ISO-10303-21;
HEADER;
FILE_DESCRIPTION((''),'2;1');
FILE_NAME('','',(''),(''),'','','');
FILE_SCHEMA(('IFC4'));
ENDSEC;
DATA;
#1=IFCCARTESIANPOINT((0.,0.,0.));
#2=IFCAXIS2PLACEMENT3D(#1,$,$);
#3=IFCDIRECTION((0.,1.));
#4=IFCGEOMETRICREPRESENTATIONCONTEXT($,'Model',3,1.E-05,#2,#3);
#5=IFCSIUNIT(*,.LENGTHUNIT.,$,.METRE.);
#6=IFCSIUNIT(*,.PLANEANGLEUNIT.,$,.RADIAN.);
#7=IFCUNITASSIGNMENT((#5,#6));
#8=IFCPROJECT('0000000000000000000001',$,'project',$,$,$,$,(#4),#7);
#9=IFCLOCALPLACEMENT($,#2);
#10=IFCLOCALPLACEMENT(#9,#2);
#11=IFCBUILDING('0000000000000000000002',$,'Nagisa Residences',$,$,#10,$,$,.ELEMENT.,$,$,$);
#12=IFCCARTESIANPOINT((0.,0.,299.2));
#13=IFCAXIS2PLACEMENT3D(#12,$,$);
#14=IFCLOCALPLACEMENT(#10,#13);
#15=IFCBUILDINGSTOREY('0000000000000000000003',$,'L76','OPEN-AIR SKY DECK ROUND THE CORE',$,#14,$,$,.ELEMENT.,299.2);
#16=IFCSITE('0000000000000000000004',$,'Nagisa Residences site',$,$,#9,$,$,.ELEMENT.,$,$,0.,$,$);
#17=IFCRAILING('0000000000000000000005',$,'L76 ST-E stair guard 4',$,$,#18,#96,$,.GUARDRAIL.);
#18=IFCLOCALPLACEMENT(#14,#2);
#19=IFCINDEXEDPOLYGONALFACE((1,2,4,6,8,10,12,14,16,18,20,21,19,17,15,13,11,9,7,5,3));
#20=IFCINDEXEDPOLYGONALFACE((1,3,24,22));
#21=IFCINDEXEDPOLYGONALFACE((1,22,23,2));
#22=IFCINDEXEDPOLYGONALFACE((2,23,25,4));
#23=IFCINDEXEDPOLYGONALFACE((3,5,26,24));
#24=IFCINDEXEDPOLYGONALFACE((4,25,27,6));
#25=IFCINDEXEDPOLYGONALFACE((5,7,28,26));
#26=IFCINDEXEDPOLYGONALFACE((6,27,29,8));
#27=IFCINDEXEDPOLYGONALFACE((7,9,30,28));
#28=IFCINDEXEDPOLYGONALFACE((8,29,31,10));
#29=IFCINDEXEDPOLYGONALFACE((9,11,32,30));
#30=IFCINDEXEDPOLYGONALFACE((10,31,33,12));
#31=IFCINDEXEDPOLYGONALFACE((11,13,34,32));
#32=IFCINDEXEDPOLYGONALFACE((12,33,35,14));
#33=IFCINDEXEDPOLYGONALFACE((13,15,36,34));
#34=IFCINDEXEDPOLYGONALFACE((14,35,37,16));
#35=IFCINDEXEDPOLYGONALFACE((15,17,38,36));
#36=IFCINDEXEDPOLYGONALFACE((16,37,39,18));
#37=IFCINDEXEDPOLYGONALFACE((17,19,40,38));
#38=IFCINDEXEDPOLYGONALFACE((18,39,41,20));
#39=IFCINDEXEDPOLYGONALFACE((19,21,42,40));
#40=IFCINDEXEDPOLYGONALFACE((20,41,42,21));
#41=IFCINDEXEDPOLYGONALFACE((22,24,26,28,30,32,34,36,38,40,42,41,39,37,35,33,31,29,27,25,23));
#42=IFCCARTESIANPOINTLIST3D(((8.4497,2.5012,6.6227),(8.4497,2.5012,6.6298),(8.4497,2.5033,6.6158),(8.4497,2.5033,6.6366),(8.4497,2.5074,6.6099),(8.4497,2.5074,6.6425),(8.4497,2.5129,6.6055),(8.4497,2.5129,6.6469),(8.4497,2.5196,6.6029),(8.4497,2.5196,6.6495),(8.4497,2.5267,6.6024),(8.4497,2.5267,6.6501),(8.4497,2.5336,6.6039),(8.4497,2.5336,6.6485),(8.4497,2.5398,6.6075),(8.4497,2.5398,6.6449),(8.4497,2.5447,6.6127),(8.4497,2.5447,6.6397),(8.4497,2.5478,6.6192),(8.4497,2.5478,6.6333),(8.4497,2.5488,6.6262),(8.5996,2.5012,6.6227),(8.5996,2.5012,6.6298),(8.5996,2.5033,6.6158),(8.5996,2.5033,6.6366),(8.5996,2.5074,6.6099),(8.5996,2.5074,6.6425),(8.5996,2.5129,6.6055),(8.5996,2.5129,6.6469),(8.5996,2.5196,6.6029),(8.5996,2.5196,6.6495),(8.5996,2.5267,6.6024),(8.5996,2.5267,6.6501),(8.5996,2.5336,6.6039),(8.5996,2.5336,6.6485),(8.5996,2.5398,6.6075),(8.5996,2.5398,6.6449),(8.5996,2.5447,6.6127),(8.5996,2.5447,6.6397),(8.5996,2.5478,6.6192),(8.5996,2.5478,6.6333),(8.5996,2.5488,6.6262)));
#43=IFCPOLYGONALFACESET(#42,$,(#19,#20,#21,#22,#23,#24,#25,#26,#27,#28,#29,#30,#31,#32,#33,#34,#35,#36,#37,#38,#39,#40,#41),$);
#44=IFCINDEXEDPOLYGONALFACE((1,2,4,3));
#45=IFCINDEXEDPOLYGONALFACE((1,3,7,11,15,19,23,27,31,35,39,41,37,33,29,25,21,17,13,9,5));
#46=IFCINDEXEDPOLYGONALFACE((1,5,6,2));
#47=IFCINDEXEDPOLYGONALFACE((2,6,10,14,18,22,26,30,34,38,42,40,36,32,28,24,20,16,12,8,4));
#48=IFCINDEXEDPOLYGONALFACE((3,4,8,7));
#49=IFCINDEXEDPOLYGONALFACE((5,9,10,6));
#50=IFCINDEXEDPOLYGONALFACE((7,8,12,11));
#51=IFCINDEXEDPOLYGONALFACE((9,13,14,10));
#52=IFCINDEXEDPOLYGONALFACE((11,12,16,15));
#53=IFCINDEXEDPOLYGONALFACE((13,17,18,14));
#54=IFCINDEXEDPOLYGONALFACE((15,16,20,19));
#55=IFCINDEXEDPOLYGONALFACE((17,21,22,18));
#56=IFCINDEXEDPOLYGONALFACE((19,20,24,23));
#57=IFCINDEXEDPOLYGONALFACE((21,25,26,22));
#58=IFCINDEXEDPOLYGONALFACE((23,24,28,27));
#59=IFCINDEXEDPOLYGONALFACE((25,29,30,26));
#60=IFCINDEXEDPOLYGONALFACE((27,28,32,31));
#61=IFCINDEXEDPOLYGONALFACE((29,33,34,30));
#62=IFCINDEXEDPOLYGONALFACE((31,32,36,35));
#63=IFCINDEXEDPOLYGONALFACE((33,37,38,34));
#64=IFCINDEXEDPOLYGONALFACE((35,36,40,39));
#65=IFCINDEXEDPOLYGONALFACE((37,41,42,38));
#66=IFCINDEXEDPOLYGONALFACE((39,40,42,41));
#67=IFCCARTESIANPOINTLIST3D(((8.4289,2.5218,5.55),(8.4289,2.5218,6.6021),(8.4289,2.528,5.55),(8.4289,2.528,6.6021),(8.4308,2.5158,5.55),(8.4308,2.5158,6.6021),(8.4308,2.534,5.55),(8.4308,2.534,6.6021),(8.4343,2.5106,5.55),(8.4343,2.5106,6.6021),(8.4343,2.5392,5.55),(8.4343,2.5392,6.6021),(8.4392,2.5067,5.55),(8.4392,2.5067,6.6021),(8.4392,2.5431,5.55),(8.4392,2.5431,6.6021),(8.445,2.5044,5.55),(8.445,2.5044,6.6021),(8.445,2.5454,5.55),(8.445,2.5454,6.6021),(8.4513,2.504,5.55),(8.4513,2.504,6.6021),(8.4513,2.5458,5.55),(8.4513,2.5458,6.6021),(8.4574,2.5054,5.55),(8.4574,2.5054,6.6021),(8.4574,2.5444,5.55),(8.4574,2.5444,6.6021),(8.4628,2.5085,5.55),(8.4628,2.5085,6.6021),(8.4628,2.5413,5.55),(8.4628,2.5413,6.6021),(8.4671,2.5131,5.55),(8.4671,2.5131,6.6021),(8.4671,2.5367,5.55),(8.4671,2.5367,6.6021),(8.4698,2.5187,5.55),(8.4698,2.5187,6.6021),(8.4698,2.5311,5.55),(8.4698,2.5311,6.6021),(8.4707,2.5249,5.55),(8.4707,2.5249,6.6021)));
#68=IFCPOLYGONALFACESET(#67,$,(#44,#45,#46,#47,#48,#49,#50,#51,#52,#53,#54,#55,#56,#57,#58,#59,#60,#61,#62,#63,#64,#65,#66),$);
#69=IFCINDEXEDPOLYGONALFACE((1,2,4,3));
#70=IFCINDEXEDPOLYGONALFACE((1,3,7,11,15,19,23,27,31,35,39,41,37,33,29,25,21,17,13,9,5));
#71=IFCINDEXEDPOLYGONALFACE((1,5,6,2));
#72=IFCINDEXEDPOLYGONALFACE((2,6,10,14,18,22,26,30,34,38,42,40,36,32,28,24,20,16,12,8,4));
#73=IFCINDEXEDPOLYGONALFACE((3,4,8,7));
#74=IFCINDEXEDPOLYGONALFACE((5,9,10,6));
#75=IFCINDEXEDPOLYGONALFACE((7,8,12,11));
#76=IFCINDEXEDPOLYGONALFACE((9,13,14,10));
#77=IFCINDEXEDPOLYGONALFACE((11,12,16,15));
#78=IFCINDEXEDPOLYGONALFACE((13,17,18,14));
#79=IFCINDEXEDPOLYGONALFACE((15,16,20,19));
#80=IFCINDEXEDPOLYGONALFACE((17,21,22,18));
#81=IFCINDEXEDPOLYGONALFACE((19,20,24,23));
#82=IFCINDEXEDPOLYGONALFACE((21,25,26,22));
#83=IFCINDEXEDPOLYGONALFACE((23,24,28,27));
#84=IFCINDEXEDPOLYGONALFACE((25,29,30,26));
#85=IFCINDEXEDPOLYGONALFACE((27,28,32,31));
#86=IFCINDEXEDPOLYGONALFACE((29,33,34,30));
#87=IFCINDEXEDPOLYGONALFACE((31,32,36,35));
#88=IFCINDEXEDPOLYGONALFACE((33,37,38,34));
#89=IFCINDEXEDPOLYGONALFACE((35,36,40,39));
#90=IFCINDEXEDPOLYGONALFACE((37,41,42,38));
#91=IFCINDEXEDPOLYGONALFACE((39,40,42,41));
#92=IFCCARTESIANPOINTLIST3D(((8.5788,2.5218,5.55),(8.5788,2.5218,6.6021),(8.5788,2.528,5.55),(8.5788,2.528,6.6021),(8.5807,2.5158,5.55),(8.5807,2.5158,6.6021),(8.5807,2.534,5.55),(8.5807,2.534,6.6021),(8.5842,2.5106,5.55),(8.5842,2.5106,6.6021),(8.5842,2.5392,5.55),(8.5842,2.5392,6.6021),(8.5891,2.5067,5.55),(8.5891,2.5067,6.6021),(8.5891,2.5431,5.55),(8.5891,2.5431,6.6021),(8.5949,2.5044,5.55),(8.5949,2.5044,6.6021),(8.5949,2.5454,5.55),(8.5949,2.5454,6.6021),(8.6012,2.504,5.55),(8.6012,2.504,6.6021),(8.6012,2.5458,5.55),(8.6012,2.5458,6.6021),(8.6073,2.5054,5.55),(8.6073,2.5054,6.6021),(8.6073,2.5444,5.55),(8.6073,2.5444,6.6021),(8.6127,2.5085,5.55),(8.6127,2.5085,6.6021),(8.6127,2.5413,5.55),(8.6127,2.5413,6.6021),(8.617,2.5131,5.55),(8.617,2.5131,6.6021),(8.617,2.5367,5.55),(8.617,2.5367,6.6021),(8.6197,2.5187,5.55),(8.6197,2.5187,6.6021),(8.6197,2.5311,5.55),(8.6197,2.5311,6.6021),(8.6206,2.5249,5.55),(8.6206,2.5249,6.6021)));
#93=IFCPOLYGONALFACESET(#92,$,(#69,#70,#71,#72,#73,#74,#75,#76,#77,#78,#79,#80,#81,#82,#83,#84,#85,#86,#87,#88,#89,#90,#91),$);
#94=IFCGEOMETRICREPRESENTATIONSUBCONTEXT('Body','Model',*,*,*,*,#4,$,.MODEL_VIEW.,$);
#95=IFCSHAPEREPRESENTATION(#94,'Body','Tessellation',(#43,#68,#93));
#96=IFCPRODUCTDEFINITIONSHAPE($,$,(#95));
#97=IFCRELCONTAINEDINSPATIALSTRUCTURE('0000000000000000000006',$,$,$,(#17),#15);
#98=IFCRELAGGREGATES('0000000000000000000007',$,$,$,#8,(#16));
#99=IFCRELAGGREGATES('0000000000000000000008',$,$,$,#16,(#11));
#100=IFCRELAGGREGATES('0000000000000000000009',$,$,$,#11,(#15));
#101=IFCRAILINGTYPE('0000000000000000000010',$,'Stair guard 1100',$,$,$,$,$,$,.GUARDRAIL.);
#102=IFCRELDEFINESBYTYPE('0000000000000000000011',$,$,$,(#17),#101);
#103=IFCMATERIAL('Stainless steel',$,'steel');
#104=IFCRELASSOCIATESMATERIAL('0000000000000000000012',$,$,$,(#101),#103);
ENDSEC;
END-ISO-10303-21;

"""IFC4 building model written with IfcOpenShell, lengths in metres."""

from ifc_helpers import new_model, si_unit, direction, frame, origin, origin_2d, place, context, subcontext, project, spatial, circle, extrude, material, type_object, element, save


model = new_model("IFC4")

# Units and contexts
model_context = context("Model", 3, precision=1e-05, world=origin(), true_north=direction((0.0, 1.0)))
body_context = subcontext(model_context, "Body", "Model", "MODEL_VIEW")
ifc_project = project(units=[si_unit("LENGTHUNIT", "METRE"), si_unit("PLANEANGLEUNIT", "RADIAN")], contexts=[model_context])

# Site, building, storey
site_placement = place(None, origin())
site = spatial("IfcSite", under=ifc_project, at=site_placement, Name="Nagisa Residences site", CompositionType="ELEMENT", RefElevation=0.0)
building_placement = place(site_placement, origin())
building = spatial("IfcBuilding", under=site, at=building_placement, Name="Nagisa Residences", CompositionType="ELEMENT")
storey_placement = place(building_placement, frame((0.0, 0.0, 299.2)))
storey = spatial("IfcBuildingStorey", under=building, at=storey_placement, Name="L76", Description="OPEN-AIR SKY DECK ROUND THE CORE", CompositionType="ELEMENT", Elevation=299.2)

# Railing
ifc_material_1 = material(Name="Stainless steel", Category="steel")
railing_type_1 = type_object("IfcRailingType", Name="Stair guard 1100", PredefinedType="GUARDRAIL", material=ifc_material_1)
railing_1_placement = place(storey_placement, frame((8.4497, 2.5249, 5.55)))
element("IfcRailing", 1, at=railing_1_placement, inside=storey, type_object=railing_type_1, Name="L76 ST-E stair guard 4", PredefinedType="GUARDRAIL", context=body_context, shape_type="SweptSolid", body=[
    extrude(circle(Radius=0.0239, at=origin_2d()), frame((0.0, 0.0, 1.0762), z_axis=(1.0, 0.0, 0.0), x_axis=(0.0, 1.0, 0.0)), (0.0, 0.0, 1.0), 0.1499),
    extrude(circle(Radius=0.021, at=origin_2d()), origin(), (0.0, 0.0, 1.0), 1.052),
    extrude(circle(Radius=0.021, at=origin_2d()), frame((0.1499, 0.0, 0.0)), (0.0, 0.0, 1.0), 1.052),
])

save(model, "model.ifc")
